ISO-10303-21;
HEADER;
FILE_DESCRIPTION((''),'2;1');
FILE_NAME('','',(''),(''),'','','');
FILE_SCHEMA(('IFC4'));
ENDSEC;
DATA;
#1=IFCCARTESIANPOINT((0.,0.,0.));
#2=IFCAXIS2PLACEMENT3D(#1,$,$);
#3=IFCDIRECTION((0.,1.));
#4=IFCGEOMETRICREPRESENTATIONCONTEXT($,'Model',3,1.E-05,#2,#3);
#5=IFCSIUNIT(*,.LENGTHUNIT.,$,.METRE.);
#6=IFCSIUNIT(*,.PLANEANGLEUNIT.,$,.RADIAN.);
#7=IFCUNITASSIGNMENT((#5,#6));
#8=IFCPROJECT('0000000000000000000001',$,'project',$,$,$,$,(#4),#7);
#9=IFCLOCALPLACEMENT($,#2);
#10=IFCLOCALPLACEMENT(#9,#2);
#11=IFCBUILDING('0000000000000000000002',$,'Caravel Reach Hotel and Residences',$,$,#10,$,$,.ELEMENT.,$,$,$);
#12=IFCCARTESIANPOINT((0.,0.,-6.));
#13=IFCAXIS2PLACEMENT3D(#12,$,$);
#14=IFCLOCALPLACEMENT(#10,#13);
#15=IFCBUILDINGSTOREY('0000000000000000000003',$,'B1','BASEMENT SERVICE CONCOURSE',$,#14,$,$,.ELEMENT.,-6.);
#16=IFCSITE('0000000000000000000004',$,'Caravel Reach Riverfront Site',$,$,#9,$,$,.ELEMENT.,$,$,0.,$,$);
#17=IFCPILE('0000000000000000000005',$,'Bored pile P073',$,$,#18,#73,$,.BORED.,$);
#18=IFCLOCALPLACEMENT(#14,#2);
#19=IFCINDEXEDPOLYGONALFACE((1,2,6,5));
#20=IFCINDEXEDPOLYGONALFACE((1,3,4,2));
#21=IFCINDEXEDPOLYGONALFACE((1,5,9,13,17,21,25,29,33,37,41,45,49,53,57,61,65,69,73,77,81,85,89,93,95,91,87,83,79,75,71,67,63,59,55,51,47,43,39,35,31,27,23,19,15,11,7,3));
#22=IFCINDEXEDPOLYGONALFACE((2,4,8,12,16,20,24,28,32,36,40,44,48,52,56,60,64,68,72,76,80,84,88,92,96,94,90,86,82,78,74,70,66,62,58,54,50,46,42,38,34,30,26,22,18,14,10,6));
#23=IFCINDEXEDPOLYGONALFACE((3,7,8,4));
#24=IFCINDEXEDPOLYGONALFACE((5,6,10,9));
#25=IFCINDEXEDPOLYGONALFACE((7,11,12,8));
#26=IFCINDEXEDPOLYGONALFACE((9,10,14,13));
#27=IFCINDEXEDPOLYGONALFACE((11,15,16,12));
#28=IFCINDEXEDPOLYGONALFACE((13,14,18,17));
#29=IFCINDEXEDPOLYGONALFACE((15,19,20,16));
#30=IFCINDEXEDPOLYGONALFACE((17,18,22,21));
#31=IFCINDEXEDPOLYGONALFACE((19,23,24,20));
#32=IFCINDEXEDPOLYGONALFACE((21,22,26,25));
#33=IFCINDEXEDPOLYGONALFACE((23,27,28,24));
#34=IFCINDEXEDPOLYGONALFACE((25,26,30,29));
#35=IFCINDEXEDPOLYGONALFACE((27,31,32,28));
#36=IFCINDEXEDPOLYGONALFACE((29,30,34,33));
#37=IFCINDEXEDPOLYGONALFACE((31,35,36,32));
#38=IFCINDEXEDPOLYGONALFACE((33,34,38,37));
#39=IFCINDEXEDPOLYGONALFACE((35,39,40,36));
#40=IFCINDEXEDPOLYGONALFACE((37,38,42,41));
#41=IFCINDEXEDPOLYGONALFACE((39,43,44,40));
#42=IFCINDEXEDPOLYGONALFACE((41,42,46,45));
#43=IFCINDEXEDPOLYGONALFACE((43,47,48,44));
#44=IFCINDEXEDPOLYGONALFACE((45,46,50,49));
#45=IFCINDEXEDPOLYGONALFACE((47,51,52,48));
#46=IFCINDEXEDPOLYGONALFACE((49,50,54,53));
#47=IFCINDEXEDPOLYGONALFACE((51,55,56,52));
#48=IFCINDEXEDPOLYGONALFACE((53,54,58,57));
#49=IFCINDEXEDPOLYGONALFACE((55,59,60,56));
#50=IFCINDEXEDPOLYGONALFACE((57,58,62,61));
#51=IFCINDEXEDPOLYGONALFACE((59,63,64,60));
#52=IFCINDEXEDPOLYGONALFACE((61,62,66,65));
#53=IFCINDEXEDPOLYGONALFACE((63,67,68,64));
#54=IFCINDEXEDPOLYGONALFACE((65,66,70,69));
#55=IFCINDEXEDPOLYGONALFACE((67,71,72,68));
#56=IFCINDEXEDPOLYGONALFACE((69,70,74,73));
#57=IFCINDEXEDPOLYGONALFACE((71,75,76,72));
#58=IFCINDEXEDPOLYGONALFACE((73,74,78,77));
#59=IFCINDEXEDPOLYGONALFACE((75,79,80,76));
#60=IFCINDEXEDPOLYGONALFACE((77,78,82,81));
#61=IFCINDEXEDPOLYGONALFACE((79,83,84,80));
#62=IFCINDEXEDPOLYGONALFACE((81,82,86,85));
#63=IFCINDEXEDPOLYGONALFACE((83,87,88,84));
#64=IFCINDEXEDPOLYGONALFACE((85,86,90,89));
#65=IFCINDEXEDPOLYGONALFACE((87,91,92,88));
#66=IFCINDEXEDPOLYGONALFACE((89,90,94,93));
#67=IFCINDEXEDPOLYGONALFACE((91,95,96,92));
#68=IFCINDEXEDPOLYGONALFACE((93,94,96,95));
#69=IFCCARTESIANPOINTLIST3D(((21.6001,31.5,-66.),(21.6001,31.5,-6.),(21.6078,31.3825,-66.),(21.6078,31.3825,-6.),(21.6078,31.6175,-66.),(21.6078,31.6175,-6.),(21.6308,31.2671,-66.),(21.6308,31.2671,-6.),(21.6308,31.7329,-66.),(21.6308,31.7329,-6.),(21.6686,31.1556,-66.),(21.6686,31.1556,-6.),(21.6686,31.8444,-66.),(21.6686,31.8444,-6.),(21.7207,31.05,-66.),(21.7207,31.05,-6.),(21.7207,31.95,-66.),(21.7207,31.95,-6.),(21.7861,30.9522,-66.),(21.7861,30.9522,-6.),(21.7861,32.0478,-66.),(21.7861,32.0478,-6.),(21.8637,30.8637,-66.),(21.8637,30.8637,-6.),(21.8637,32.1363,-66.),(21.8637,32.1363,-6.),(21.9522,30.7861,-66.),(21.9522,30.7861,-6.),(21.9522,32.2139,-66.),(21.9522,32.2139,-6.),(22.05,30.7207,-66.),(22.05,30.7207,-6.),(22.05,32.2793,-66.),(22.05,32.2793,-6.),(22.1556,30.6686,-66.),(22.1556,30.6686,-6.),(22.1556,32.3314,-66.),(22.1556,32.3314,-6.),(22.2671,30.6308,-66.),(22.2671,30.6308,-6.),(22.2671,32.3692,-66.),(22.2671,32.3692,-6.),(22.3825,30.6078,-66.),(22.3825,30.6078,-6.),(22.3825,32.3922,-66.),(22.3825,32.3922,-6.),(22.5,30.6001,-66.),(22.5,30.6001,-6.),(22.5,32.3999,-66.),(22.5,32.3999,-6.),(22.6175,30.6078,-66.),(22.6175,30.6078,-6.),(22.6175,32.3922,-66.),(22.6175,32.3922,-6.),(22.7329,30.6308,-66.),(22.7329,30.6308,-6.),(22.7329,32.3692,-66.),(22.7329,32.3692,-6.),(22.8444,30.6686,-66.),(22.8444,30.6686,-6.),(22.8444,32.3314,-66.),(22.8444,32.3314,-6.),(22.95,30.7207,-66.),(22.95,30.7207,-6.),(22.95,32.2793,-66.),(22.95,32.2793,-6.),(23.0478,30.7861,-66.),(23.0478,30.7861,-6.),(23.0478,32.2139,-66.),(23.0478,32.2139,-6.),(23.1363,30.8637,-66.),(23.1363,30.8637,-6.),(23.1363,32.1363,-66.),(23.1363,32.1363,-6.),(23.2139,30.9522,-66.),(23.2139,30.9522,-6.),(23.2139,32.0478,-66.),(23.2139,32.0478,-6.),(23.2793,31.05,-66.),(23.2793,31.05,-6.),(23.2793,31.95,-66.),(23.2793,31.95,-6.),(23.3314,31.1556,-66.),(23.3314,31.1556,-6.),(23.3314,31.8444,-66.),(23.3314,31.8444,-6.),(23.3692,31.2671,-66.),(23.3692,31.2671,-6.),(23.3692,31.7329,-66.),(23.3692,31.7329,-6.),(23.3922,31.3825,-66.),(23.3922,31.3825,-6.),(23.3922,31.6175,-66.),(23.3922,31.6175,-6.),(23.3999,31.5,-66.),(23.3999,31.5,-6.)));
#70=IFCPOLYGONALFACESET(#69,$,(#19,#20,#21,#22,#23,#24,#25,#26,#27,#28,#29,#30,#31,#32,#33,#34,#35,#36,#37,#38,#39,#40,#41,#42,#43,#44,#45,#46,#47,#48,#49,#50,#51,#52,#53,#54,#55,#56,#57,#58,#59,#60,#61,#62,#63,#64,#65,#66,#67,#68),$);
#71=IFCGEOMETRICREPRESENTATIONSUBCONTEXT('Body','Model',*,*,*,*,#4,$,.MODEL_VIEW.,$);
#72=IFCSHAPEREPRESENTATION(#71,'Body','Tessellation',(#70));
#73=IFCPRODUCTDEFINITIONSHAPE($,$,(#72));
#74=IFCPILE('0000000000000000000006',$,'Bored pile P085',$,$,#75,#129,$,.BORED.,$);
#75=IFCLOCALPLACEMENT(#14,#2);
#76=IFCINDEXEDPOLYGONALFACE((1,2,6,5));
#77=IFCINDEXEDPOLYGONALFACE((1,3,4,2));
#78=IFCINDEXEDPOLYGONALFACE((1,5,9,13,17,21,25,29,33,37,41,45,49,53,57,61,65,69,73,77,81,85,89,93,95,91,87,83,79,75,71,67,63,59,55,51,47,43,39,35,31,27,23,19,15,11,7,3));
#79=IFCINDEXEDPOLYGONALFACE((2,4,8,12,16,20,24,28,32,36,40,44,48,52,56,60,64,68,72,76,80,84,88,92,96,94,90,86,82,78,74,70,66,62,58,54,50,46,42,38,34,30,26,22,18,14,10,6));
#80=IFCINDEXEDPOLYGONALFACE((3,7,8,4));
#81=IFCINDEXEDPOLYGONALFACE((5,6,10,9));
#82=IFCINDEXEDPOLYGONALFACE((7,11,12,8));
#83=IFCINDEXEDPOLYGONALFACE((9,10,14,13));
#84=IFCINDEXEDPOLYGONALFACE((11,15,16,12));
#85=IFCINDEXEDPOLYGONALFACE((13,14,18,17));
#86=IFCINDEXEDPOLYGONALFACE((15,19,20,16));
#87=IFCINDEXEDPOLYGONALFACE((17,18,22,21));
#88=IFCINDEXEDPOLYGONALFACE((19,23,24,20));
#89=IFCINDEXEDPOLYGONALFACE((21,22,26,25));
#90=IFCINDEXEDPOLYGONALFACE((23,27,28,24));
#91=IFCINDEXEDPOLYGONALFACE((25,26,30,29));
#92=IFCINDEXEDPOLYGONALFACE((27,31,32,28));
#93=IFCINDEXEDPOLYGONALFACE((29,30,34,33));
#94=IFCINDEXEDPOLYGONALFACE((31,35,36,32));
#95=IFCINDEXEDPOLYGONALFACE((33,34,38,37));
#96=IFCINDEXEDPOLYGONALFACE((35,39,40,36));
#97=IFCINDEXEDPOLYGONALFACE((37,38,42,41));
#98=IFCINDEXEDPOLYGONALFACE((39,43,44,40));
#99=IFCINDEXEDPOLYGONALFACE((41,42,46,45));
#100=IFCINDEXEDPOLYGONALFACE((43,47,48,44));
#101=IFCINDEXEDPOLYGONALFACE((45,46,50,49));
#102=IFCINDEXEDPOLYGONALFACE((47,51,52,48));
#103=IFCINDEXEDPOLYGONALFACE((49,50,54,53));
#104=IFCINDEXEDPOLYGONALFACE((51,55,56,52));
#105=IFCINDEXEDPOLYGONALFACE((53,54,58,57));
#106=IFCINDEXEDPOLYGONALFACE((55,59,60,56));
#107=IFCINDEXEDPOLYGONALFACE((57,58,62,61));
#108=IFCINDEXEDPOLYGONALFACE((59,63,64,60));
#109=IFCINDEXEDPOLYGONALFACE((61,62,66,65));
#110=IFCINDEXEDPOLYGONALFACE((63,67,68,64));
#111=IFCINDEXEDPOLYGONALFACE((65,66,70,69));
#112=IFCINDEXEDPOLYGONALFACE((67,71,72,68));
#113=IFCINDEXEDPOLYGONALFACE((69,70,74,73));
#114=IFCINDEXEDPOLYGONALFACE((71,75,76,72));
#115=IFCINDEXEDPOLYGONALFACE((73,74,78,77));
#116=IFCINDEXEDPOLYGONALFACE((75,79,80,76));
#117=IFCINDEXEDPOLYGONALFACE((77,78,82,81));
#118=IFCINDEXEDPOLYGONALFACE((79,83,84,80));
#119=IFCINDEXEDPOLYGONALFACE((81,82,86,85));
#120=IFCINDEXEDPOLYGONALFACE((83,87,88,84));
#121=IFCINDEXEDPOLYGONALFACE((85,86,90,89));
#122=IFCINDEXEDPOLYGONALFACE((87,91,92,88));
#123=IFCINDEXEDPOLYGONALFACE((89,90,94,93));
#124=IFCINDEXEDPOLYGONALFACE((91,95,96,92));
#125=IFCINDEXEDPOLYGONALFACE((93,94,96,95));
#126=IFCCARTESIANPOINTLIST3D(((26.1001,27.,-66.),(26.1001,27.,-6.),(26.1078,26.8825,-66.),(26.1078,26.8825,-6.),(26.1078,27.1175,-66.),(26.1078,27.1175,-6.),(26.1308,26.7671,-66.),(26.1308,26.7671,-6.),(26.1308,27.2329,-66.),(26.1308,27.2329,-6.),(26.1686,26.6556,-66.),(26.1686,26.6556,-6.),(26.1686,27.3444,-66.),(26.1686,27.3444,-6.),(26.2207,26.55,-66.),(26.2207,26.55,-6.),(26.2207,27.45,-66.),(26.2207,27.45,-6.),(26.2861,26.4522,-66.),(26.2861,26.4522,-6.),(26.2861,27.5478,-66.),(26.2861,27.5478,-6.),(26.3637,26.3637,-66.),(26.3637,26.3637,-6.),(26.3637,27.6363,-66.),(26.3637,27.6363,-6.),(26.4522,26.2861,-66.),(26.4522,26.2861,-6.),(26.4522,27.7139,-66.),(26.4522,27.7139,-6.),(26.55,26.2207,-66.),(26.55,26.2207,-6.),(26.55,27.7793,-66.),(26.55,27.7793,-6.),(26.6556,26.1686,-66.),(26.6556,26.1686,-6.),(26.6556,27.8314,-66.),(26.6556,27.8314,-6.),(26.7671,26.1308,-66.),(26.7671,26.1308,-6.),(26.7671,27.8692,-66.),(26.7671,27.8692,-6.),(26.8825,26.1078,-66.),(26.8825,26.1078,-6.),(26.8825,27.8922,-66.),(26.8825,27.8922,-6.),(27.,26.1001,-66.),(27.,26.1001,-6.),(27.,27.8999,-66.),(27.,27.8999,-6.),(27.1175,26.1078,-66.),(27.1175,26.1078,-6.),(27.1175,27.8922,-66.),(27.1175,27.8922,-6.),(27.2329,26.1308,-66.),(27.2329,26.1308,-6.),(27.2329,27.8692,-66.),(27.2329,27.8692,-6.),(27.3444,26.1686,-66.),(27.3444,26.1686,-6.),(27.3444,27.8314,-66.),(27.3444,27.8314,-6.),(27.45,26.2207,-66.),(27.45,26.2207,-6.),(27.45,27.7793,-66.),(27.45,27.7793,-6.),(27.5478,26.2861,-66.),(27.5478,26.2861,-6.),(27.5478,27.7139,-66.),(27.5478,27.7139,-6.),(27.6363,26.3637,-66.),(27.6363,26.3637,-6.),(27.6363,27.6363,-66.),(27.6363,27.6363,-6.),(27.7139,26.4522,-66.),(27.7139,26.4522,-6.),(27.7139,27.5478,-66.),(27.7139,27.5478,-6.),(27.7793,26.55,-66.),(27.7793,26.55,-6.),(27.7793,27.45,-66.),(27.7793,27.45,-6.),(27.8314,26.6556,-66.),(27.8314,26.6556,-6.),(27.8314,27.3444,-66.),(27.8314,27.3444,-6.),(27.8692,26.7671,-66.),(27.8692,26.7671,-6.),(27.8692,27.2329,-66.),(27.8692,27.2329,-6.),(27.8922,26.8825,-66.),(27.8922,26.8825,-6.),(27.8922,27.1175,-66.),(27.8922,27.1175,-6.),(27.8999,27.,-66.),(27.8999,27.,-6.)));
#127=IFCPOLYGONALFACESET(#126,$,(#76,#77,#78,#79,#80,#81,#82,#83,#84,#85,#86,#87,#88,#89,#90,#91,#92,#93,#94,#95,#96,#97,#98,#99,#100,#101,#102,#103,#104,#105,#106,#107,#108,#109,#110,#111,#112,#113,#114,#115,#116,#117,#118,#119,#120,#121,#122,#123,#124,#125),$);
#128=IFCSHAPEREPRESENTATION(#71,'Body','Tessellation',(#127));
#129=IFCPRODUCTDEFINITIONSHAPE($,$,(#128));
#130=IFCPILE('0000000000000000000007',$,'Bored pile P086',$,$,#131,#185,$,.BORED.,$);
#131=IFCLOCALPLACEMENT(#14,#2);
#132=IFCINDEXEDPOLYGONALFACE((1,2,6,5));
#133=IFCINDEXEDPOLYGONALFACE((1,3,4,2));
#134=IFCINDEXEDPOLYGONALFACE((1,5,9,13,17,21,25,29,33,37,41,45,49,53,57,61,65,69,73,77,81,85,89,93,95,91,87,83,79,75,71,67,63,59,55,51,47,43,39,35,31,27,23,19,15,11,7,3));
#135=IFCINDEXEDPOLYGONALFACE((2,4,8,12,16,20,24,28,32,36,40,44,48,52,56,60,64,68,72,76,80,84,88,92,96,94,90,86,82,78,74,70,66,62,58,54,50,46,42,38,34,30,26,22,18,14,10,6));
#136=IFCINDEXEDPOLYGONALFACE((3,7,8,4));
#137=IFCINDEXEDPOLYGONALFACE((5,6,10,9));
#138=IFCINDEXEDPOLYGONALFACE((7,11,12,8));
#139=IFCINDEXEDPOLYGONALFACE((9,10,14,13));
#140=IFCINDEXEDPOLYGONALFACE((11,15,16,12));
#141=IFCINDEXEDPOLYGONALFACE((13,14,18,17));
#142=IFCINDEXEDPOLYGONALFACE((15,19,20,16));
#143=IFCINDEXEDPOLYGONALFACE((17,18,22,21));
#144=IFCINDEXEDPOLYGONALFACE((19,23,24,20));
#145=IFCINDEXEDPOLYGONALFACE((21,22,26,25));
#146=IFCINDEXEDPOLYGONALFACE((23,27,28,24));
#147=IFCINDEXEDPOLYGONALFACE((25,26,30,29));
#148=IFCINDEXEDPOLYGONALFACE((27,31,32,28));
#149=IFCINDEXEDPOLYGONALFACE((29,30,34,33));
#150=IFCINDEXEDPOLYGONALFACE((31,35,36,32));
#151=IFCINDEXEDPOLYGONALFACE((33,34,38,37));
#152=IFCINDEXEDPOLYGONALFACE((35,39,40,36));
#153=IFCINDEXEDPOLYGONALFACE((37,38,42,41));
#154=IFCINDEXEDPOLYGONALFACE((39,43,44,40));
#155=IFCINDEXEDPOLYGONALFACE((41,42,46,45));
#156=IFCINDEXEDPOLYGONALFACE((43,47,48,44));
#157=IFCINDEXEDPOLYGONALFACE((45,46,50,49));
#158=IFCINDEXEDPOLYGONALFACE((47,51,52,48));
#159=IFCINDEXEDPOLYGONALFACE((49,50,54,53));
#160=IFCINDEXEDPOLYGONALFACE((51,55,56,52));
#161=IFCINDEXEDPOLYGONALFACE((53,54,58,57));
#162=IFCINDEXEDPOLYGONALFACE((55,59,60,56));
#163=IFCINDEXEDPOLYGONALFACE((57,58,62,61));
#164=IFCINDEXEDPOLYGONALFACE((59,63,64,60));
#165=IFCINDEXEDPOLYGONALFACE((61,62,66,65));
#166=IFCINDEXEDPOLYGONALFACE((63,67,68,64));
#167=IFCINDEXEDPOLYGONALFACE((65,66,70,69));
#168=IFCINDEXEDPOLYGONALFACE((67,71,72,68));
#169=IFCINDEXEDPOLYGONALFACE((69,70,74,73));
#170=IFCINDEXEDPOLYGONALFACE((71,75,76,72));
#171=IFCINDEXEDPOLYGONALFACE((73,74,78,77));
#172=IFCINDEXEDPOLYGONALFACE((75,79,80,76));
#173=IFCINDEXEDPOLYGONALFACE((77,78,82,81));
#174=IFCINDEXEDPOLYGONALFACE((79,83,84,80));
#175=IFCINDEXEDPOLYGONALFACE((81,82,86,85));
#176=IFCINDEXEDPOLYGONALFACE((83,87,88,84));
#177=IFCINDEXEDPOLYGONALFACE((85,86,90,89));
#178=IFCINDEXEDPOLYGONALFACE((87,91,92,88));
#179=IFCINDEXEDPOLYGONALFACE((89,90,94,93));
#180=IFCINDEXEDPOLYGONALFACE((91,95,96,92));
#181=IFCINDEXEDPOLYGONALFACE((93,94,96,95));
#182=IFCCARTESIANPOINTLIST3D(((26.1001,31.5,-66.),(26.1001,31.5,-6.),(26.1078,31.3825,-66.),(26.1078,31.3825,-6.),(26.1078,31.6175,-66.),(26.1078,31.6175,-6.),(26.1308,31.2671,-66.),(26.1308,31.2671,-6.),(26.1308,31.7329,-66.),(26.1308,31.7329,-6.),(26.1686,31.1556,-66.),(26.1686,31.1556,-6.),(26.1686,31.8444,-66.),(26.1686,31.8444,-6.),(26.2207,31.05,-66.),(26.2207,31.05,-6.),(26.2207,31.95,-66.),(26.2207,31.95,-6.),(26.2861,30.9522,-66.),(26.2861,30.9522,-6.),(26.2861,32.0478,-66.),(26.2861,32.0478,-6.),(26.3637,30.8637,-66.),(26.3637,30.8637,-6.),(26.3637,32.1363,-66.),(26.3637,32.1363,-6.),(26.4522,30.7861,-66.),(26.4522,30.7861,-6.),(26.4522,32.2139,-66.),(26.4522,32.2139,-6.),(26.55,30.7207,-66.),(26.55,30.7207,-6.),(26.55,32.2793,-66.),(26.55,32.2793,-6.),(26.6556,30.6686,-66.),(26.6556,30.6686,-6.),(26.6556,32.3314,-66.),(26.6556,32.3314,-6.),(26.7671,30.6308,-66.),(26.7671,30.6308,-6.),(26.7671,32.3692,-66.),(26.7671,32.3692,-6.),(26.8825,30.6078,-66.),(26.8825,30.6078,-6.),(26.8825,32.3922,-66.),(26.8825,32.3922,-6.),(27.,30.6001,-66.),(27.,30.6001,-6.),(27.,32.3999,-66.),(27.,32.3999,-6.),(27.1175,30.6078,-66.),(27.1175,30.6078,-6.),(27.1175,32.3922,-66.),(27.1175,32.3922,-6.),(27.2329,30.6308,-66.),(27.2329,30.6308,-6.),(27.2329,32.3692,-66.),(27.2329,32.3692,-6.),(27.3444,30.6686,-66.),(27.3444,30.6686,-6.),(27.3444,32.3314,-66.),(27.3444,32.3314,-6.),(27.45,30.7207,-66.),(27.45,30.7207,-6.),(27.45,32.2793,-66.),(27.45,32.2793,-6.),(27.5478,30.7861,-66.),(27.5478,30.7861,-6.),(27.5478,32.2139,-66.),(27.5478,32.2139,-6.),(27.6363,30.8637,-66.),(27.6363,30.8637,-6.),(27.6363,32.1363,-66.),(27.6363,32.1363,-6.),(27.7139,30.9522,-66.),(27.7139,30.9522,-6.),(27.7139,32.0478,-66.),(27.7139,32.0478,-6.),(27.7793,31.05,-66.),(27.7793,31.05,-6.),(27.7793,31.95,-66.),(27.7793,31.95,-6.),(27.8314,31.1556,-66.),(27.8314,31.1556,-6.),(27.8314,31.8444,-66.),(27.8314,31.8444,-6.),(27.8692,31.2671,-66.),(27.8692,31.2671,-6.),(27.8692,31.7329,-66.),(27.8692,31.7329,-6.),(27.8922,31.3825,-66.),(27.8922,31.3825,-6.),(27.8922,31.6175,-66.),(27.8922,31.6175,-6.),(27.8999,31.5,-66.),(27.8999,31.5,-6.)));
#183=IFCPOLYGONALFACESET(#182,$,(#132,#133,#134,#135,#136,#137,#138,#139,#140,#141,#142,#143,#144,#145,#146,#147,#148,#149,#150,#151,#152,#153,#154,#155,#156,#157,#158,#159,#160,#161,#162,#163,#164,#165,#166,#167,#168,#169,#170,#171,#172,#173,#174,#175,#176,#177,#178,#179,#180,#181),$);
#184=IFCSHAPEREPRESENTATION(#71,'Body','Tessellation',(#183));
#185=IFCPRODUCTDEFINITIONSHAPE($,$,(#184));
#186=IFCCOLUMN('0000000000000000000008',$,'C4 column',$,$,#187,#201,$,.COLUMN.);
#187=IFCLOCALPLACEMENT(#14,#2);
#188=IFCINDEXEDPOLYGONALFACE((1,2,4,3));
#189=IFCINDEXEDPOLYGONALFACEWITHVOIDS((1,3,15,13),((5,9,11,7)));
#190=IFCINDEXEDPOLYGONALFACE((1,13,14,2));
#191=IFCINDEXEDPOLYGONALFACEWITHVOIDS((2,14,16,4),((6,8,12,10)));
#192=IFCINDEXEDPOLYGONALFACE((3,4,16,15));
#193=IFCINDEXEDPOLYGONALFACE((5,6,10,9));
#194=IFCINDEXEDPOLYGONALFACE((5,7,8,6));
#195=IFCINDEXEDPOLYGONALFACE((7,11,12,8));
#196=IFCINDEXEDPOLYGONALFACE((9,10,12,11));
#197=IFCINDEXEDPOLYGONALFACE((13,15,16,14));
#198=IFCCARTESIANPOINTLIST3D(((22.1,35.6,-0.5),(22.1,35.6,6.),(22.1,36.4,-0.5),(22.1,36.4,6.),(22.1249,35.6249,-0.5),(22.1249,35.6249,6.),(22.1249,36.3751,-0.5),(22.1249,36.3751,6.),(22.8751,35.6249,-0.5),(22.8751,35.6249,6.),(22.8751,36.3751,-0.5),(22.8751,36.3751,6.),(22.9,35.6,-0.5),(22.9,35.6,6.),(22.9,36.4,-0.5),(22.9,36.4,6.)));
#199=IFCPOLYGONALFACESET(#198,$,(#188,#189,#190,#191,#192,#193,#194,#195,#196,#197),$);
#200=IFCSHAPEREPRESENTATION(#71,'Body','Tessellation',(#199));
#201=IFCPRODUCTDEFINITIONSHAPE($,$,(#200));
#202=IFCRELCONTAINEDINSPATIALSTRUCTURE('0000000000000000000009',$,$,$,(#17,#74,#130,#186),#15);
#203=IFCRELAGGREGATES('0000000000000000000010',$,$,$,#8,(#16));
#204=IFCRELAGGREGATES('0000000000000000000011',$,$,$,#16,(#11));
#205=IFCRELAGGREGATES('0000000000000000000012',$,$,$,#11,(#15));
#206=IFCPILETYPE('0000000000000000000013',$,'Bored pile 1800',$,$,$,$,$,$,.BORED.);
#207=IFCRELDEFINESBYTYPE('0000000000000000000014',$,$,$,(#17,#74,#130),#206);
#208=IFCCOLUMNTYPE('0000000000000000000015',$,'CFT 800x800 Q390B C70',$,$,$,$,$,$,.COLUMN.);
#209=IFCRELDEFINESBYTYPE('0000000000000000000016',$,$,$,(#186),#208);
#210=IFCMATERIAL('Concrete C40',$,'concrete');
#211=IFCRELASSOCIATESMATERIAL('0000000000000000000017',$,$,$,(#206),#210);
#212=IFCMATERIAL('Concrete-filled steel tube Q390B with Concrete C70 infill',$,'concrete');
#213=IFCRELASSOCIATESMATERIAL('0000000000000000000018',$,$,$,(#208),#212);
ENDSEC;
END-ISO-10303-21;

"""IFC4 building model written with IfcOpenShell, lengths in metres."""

from ifc_helpers import new_model, si_unit, direction, frame, origin, origin_2d, place, context, subcontext, project, spatial, hollow_rectangle, circle, extrude, material, material_profile, profile_set, type_object, element, save


model = new_model("IFC4")

# Units and contexts
model_context = context("Model", 3, precision=1e-05, world=origin(), true_north=direction((0.0, 1.0)))
body_context = subcontext(model_context, "Body", "Model", "MODEL_VIEW")
ifc_project = project(units=[si_unit("LENGTHUNIT", "METRE"), si_unit("PLANEANGLEUNIT", "RADIAN")], contexts=[model_context])

# Site, building, storey
site_placement = place(None, origin())
site = spatial("IfcSite", under=ifc_project, at=site_placement, Name="Caravel Reach Riverfront Site", CompositionType="ELEMENT", RefElevation=0.0)
building_placement = place(site_placement, origin())
building = spatial("IfcBuilding", under=site, at=building_placement, Name="Caravel Reach Hotel and Residences", CompositionType="ELEMENT")
storey_placement = place(building_placement, frame((0.0, 0.0, -6.0)))
storey = spatial("IfcBuildingStorey", under=building, at=storey_placement, Name="B1", Description="BASEMENT SERVICE CONCOURSE", CompositionType="ELEMENT", Elevation=-6.0)

# Piles
ifc_material_1 = material(Name="Concrete C40", Category="concrete")
ifc_material_profile_1 = material_profile(ifc_material_1, circle(Radius=0.8999, at=origin_2d()), Name="PILE 1800")
ifc_profile_set_1 = profile_set([ifc_material_profile_1], Name="Concrete C40")
pile_type_1 = type_object("IfcPileType", Name="Bored pile 1800", PredefinedType="BORED", material=ifc_profile_set_1)
for number, where, z_axis, x_axis, name in (
    (1, (22.5, 31.5, -6.0), (0.0, 0.0, -1.0), (1.0, 0.0, 0.0), "Bored pile P073"),
    (2, (27.0, 27.0, -6.0), (0.0, 0.0, -1.0), (1.0, 0.0, 0.0), "Bored pile P085"),
    (3, (27.0, 31.5, -6.0), (0.0, 0.0, -1.0), (1.0, 0.0, 0.0), "Bored pile P086"),
):
    element("IfcPile", number, at=place(storey_placement, frame(where, z_axis=z_axis, x_axis=x_axis)), inside=storey, type_object=pile_type_1, Name=name, PredefinedType="BORED", context=body_context, shape_type="SweptSolid", body=[
        extrude(circle(Radius=0.8999, at=origin_2d()), origin(), (0.0, 0.0, 1.0), 60.0),
    ])

# Column
ifc_material_2 = material(Name="Concrete-filled steel tube Q390B with Concrete C70 infill", Category="concrete")
ifc_material_profile_2 = material_profile(ifc_material_2, hollow_rectangle(XDim=0.8, YDim=0.8, WallThickness=0.0249, at=origin_2d()), Name="RHS 800x800x25")
ifc_profile_set_2 = profile_set([ifc_material_profile_2], Name="Concrete-filled steel tube Q390B with Concrete C70 infill")
column_type = type_object("IfcColumnType", Name="CFT 800x800 Q390B C70", PredefinedType="COLUMN", material=ifc_profile_set_2)
column_placement = place(storey_placement, frame((22.5, 36.0, -0.5), z_axis=(0.0, 0.0, 1.0), x_axis=(1.0, 0.0, 0.0)))
element("IfcColumn", 4, at=column_placement, inside=storey, type_object=column_type, Name="C4 column", PredefinedType="COLUMN", context=body_context, shape_type="SweptSolid", body=[
    extrude(hollow_rectangle(XDim=0.8, YDim=0.8, WallThickness=0.0249, at=origin_2d()), origin(), (0.0, 0.0, 1.0), 6.5),
])

save(model, "model.ifc")
